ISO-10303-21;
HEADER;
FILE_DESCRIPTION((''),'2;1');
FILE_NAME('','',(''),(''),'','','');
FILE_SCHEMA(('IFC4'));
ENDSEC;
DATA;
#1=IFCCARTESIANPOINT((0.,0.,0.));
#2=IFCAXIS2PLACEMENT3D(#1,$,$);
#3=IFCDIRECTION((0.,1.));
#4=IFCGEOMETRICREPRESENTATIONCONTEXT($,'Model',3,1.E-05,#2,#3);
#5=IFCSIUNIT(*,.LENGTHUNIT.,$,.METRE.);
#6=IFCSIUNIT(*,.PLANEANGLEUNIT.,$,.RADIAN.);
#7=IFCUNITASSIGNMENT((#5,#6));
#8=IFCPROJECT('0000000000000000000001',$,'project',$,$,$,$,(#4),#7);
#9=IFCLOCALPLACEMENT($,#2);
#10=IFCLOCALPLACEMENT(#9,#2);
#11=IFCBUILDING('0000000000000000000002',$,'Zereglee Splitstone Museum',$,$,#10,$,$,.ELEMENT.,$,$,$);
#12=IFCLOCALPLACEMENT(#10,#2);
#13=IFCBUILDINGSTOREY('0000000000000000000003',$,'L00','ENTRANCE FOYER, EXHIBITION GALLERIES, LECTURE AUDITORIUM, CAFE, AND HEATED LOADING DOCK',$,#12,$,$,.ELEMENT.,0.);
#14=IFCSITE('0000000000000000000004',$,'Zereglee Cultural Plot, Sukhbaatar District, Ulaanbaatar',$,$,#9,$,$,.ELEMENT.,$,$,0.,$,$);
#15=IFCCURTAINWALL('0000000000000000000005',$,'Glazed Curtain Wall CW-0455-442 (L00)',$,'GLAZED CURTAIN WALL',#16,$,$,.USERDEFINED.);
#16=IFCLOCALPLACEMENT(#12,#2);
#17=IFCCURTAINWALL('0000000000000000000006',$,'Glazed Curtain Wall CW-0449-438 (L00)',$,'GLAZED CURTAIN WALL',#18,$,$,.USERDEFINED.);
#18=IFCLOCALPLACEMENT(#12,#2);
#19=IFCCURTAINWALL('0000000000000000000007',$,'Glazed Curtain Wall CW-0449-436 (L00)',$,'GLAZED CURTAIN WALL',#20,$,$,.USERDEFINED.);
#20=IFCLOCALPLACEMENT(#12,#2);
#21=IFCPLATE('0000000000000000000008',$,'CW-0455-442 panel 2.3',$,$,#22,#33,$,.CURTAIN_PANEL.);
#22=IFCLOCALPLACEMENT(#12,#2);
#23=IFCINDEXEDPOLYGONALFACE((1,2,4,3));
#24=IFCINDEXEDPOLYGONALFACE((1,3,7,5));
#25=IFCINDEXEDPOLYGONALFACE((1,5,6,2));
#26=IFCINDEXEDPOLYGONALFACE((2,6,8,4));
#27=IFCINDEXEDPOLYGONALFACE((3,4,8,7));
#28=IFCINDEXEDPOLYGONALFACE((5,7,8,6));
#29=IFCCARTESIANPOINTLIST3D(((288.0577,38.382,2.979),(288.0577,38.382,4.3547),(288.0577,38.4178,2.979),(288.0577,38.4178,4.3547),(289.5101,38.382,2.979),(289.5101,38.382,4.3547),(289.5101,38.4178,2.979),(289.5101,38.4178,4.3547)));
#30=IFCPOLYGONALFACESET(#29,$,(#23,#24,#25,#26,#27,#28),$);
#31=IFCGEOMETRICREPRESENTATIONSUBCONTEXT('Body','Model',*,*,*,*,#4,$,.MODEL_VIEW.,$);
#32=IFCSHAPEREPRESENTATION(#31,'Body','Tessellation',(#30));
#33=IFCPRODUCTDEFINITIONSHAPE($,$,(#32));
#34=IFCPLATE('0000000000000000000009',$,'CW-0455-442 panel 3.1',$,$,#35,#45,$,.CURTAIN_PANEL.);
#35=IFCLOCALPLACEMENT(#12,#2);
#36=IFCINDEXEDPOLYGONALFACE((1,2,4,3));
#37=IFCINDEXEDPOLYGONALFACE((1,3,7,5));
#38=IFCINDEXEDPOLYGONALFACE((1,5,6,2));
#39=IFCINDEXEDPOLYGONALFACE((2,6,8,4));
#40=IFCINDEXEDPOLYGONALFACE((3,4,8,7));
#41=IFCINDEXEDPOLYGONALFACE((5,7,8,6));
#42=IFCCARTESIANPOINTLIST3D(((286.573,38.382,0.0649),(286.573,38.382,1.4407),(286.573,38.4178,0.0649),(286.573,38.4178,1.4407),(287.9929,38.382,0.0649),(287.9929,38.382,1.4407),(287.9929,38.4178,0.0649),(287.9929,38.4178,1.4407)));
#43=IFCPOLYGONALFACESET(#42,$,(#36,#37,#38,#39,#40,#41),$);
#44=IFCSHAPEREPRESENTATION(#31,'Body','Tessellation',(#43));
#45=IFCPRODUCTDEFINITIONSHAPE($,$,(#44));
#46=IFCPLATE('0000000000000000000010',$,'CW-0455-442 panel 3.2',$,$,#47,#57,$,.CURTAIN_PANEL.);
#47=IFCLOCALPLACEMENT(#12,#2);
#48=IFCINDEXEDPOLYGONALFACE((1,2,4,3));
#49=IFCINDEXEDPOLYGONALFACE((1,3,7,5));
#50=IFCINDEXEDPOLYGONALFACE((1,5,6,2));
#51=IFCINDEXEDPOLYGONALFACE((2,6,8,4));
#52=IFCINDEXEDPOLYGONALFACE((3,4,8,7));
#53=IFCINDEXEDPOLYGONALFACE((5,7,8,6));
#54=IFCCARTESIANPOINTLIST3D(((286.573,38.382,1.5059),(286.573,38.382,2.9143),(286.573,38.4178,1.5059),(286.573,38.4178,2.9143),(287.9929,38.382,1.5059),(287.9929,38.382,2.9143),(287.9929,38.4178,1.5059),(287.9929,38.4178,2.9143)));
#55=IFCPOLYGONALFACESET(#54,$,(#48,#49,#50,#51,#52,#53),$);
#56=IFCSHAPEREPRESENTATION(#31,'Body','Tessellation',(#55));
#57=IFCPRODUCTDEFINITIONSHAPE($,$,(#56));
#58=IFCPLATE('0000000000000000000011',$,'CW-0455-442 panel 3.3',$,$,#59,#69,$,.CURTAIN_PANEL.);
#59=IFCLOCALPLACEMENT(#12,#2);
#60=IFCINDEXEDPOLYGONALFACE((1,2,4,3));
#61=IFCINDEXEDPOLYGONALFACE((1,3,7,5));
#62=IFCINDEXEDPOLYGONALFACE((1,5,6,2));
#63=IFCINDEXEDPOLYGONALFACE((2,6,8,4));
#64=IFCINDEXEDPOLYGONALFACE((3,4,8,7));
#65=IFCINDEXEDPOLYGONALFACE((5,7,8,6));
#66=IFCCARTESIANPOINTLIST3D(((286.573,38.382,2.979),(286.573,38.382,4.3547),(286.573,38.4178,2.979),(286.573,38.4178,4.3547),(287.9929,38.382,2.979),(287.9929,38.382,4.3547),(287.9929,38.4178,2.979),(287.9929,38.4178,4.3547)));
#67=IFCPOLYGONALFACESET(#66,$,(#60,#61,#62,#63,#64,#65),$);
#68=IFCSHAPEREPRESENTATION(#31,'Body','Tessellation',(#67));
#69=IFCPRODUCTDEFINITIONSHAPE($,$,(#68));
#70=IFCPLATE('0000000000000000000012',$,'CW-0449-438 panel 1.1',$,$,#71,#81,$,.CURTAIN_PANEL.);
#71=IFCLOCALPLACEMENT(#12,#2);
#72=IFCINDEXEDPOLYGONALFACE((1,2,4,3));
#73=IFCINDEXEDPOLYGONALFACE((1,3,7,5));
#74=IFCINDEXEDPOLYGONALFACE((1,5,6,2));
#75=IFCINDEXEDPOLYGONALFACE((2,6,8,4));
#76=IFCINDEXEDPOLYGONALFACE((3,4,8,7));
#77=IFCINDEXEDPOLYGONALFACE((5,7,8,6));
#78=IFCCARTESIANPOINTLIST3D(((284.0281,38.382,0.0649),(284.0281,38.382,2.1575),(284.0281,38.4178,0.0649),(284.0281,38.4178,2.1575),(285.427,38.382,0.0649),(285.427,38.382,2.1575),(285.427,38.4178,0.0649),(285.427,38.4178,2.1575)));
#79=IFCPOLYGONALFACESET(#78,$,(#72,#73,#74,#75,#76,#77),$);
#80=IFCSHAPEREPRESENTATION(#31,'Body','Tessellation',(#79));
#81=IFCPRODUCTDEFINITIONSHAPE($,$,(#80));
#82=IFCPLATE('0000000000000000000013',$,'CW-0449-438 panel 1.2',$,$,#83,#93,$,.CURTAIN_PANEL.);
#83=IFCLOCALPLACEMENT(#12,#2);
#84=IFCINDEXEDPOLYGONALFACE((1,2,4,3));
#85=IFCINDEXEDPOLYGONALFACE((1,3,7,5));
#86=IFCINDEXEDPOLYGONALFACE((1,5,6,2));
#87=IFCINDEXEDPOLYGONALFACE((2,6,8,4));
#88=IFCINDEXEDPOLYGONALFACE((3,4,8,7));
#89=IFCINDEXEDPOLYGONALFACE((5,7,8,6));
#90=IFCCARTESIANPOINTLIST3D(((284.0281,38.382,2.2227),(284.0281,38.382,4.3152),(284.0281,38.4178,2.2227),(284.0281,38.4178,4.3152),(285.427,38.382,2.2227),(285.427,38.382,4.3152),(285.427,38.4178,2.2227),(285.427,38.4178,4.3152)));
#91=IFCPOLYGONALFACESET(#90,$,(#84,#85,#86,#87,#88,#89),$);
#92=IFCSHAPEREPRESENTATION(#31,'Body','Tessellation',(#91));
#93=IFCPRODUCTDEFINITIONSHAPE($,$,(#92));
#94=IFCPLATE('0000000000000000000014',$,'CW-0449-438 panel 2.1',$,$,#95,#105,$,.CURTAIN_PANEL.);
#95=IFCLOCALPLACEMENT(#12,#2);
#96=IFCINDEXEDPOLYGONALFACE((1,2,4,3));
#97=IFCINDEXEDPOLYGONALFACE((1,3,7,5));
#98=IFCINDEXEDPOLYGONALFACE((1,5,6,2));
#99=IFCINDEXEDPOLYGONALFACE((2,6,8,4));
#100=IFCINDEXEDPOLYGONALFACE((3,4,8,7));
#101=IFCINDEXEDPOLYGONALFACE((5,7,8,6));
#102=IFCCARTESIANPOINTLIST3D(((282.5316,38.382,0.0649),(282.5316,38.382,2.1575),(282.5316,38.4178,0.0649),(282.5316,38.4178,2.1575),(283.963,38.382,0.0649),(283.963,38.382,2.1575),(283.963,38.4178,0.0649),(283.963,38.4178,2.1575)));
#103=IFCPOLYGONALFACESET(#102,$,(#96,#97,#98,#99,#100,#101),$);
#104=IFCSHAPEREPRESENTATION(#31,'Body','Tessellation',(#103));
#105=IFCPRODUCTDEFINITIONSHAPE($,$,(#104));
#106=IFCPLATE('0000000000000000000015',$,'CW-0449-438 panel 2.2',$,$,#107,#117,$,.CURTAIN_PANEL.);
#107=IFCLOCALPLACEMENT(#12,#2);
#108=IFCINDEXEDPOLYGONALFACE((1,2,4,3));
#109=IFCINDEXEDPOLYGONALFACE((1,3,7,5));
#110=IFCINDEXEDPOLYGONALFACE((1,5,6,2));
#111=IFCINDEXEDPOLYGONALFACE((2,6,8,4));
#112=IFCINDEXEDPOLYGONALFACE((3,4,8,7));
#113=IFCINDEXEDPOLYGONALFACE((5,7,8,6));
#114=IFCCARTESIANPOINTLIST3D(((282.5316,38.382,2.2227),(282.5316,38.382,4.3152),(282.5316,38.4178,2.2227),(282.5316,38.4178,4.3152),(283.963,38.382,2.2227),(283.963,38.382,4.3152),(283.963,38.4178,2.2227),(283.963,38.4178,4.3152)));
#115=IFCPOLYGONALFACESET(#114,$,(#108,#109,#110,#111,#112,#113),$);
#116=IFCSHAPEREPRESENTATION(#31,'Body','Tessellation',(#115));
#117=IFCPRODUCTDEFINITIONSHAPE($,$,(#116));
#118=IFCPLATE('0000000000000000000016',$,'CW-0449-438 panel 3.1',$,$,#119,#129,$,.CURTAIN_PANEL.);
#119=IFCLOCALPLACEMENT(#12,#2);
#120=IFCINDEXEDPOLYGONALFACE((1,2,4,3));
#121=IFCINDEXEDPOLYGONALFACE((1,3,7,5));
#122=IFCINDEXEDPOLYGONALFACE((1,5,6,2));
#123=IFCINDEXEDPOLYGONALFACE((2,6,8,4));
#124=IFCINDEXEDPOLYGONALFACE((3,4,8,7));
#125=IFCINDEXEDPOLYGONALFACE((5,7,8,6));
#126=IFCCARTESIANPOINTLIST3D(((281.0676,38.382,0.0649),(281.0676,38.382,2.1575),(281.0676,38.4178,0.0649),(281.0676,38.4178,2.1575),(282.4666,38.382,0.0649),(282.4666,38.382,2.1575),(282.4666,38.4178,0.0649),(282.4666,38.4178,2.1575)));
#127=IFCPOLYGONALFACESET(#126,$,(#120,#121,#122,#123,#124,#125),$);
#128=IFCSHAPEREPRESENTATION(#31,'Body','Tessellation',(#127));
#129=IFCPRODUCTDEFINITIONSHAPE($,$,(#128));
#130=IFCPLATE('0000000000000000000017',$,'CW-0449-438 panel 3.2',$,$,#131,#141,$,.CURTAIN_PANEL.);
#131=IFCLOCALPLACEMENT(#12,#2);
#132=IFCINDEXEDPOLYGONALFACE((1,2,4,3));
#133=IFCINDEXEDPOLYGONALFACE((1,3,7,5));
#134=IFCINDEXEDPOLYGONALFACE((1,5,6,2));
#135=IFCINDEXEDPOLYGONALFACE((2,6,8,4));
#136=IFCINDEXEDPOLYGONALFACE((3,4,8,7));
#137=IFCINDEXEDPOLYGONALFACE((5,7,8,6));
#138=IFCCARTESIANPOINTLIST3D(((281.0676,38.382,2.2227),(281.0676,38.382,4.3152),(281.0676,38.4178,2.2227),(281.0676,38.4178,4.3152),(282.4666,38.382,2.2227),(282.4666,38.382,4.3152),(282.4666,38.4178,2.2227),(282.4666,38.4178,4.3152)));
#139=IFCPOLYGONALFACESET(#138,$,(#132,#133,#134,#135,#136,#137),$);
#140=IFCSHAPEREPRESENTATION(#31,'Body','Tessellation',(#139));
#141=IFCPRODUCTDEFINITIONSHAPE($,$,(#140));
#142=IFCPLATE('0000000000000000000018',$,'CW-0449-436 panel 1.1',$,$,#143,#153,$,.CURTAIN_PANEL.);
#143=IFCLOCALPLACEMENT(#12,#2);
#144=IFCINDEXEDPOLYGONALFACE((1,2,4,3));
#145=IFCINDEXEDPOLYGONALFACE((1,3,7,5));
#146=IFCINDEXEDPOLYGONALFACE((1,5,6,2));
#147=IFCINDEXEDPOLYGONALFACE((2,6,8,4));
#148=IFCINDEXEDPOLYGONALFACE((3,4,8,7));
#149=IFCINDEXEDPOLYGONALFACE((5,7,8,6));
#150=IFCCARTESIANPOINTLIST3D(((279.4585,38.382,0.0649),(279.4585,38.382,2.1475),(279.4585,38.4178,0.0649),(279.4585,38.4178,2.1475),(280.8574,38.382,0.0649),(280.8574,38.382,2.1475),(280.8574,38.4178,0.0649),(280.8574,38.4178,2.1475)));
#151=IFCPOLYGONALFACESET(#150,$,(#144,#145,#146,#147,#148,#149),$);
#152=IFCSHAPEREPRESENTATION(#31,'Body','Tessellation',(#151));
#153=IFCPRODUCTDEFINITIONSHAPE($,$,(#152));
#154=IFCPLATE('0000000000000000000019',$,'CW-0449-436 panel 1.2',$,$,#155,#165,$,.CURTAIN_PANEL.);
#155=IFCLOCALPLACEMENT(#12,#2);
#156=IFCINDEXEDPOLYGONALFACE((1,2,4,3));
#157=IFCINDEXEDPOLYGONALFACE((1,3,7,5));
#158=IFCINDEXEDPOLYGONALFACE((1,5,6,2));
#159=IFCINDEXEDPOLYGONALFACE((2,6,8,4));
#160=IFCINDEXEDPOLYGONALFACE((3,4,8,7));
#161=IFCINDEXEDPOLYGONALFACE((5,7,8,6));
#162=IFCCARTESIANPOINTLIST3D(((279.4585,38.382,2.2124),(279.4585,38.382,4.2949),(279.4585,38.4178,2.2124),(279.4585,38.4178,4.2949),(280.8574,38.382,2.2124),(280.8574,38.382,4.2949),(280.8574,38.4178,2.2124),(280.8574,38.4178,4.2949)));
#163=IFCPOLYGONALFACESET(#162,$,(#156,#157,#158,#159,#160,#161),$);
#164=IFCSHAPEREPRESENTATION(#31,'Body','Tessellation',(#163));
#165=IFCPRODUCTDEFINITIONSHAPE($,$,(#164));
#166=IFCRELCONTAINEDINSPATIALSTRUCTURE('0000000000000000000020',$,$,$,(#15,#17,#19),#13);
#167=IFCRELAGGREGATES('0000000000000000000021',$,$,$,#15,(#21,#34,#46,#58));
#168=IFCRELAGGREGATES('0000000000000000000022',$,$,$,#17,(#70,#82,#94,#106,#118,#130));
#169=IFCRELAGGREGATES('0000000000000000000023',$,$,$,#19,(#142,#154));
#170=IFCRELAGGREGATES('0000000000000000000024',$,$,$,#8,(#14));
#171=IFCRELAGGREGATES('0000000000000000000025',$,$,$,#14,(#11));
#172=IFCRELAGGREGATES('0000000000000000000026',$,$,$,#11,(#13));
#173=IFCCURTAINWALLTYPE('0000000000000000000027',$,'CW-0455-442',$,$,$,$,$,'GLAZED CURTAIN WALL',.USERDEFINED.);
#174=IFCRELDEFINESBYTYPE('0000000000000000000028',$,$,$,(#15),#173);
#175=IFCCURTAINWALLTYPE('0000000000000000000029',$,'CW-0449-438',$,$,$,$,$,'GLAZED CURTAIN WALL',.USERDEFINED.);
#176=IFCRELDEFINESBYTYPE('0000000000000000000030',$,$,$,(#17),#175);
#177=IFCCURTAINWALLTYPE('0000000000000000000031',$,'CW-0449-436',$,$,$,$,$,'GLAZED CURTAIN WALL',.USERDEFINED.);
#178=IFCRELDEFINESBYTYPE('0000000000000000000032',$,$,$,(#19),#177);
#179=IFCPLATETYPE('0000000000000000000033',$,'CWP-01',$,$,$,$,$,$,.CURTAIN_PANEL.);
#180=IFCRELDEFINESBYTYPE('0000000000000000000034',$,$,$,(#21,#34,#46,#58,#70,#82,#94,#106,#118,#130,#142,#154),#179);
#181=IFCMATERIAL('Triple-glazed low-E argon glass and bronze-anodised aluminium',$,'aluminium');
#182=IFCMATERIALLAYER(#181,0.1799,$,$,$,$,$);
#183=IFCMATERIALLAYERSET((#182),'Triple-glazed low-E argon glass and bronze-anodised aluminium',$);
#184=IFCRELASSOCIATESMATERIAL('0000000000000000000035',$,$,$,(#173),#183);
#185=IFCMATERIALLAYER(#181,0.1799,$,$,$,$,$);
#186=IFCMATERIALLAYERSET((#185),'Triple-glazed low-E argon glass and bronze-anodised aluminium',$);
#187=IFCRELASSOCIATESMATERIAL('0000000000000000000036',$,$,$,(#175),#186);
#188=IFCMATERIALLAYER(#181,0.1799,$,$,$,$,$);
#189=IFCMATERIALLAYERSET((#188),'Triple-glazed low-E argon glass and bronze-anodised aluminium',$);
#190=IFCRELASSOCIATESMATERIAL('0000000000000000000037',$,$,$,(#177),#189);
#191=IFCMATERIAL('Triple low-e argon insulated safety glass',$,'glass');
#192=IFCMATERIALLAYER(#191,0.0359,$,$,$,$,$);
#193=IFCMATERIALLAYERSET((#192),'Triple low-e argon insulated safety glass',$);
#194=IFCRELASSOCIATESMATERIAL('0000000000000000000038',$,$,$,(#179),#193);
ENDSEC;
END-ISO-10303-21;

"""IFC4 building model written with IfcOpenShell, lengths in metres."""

from ifc_helpers import new_model, si_unit, direction, frame, origin, origin_2d, place, context, subcontext, project, spatial, rectangle, extrude, material, layer, layer_set, type_object, element, aggregate, save


model = new_model("IFC4")

# Units and contexts
model_context = context("Model", 3, precision=1e-05, world=origin(), true_north=direction((0.0, 1.0)))
body_context = subcontext(model_context, "Body", "Model", "MODEL_VIEW")
ifc_project = project(units=[si_unit("LENGTHUNIT", "METRE"), si_unit("PLANEANGLEUNIT", "RADIAN")], contexts=[model_context])

# Site, building, storey
site_placement = place(None, origin())
site = spatial("IfcSite", under=ifc_project, at=site_placement, Name="Zereglee Cultural Plot, Sukhbaatar District, Ulaanbaatar", CompositionType="ELEMENT", RefElevation=0.0)
building_placement = place(site_placement, origin())
building = spatial("IfcBuilding", under=site, at=building_placement, Name="Zereglee Splitstone Museum", CompositionType="ELEMENT")
storey_placement = place(building_placement, origin())
storey = spatial("IfcBuildingStorey", under=building, at=storey_placement, Name="L00", Description="ENTRANCE FOYER, EXHIBITION GALLERIES, LECTURE AUDITORIUM, CAFE, AND HEATED LOADING DOCK", CompositionType="ELEMENT", Elevation=0.0)

# Curtain walls
ifc_material_1 = material(Name="Triple-glazed low-E argon glass and bronze-anodised aluminium", Category="aluminium")
ifc_layer_1 = layer(ifc_material_1, 0.1799)
ifc_layer_set_1 = layer_set([ifc_layer_1], Name="Triple-glazed low-E argon glass and bronze-anodised aluminium")
curtain_wall_type_1 = type_object("IfcCurtainWallType", Name="CW-0455-442", ElementType="GLAZED CURTAIN WALL", PredefinedType="USERDEFINED", material=ifc_layer_set_1)
curtain_wall_1_placement = place(storey_placement, origin())
curtain_wall_1 = element("IfcCurtainWall", 1, at=curtain_wall_1_placement, inside=storey, type_object=curtain_wall_type_1, Name="Glazed Curtain Wall CW-0455-442 (L00)", ObjectType="GLAZED CURTAIN WALL", PredefinedType="USERDEFINED")
ifc_layer_2 = layer(ifc_material_1, 0.1799)
ifc_layer_set_2 = layer_set([ifc_layer_2], Name="Triple-glazed low-E argon glass and bronze-anodised aluminium")
curtain_wall_type_2 = type_object("IfcCurtainWallType", Name="CW-0449-438", ElementType="GLAZED CURTAIN WALL", PredefinedType="USERDEFINED", material=ifc_layer_set_2)
curtain_wall_2_placement = place(storey_placement, origin())
curtain_wall_2 = element("IfcCurtainWall", 2, at=curtain_wall_2_placement, inside=storey, type_object=curtain_wall_type_2, Name="Glazed Curtain Wall CW-0449-438 (L00)", ObjectType="GLAZED CURTAIN WALL", PredefinedType="USERDEFINED")

# Curtain wall
ifc_layer_3 = layer(ifc_material_1, 0.1799)
ifc_layer_set_3 = layer_set([ifc_layer_3], Name="Triple-glazed low-E argon glass and bronze-anodised aluminium")
curtain_wall_type_3 = type_object("IfcCurtainWallType", Name="CW-0449-436", ElementType="GLAZED CURTAIN WALL", PredefinedType="USERDEFINED", material=ifc_layer_set_3)
curtain_wall_3_placement = place(storey_placement, origin())
curtain_wall_3 = element("IfcCurtainWall", 3, at=curtain_wall_3_placement, inside=storey, type_object=curtain_wall_type_3, Name="Glazed Curtain Wall CW-0449-436 (L00)", ObjectType="GLAZED CURTAIN WALL", PredefinedType="USERDEFINED")

# Plates
ifc_material_2 = material(Name="Triple low-e argon insulated safety glass", Category="glass")
ifc_layer_4 = layer(ifc_material_2, 0.0359)
ifc_layer_set_4 = layer_set([ifc_layer_4], Name="Triple low-e argon insulated safety glass")
plate_type = type_object("IfcPlateType", Name="CWP-01", PredefinedType="CURTAIN_PANEL", material=ifc_layer_set_4)
plate_1_placement = place(storey_placement, frame((288.7839, 38.3999, 2.979), z_axis=(0.0, 0.0, 1.0), x_axis=(-1.0, 0.0, 0.0)))
plate_1 = element("IfcPlate", 4, at=plate_1_placement, type_object=plate_type, Name="CW-0455-442 panel 2.3", PredefinedType="CURTAIN_PANEL", context=body_context, shape_type="SweptSolid", body=[
    extrude(rectangle(XDim=1.4524, YDim=0.0359, at=origin_2d()), origin(), (0.0, 0.0, 1.0), 1.3757),
])
plate_2_placement = place(storey_placement, frame((287.283, 38.3999, 0.0649), z_axis=(0.0, 0.0, 1.0), x_axis=(-1.0, 0.0, 0.0)))
plate_2 = element("IfcPlate", 5, at=plate_2_placement, type_object=plate_type, Name="CW-0455-442 panel 3.1", PredefinedType="CURTAIN_PANEL", context=body_context, shape_type="SweptSolid", body=[
    extrude(rectangle(XDim=1.4199, YDim=0.0359, at=origin_2d()), origin(), (0.0, 0.0, 1.0), 1.3757),
])
plate_3_placement = place(storey_placement, frame((287.283, 38.3999, 1.5059), z_axis=(0.0, 0.0, 1.0), x_axis=(-1.0, 0.0, 0.0)))
plate_3 = element("IfcPlate", 6, at=plate_3_placement, type_object=plate_type, Name="CW-0455-442 panel 3.2", PredefinedType="CURTAIN_PANEL", context=body_context, shape_type="SweptSolid", body=[
    extrude(rectangle(XDim=1.4199, YDim=0.0359, at=origin_2d()), origin(), (0.0, 0.0, 1.0), 1.4084),
])
plate_4_placement = place(storey_placement, frame((287.283, 38.3999, 2.979), z_axis=(0.0, 0.0, 1.0), x_axis=(-1.0, 0.0, 0.0)))
plate_4 = element("IfcPlate", 7, at=plate_4_placement, type_object=plate_type, Name="CW-0455-442 panel 3.3", PredefinedType="CURTAIN_PANEL", context=body_context, shape_type="SweptSolid", body=[
    extrude(rectangle(XDim=1.4199, YDim=0.0359, at=origin_2d()), origin(), (0.0, 0.0, 1.0), 1.3757),
])
aggregate(curtain_wall_1, [plate_1, plate_2, plate_3, plate_4])
plate_5_placement = place(storey_placement, frame((284.7275, 38.3999, 0.0649), z_axis=(0.0, 0.0, 1.0), x_axis=(-1.0, 0.0, 0.0)))
plate_5 = element("IfcPlate", 8, at=plate_5_placement, type_object=plate_type, Name="CW-0449-438 panel 1.1", PredefinedType="CURTAIN_PANEL", context=body_context, shape_type="SweptSolid", body=[
    extrude(rectangle(XDim=1.3989, YDim=0.0359, at=origin_2d()), origin(), (0.0, 0.0, 1.0), 2.0925),
])
plate_6_placement = place(storey_placement, frame((284.7275, 38.3999, 2.2227), z_axis=(0.0, 0.0, 1.0), x_axis=(-1.0, 0.0, 0.0)))
plate_6 = element("IfcPlate", 9, at=plate_6_placement, type_object=plate_type, Name="CW-0449-438 panel 1.2", PredefinedType="CURTAIN_PANEL", context=body_context, shape_type="SweptSolid", body=[
    extrude(rectangle(XDim=1.3989, YDim=0.0359, at=origin_2d()), origin(), (0.0, 0.0, 1.0), 2.0925),
])
plate_7_placement = place(storey_placement, frame((283.2473, 38.3999, 0.0649), z_axis=(0.0, 0.0, 1.0), x_axis=(-1.0, 0.0, 0.0)))
plate_7 = element("IfcPlate", 10, at=plate_7_placement, type_object=plate_type, Name="CW-0449-438 panel 2.1", PredefinedType="CURTAIN_PANEL", context=body_context, shape_type="SweptSolid", body=[
    extrude(rectangle(XDim=1.4314, YDim=0.0359, at=origin_2d()), origin(), (0.0, 0.0, 1.0), 2.0925),
])
plate_8_placement = place(storey_placement, frame((283.2473, 38.3999, 2.2227), z_axis=(0.0, 0.0, 1.0), x_axis=(-1.0, 0.0, 0.0)))
plate_8 = element("IfcPlate", 11, at=plate_8_placement, type_object=plate_type, Name="CW-0449-438 panel 2.2", PredefinedType="CURTAIN_PANEL", context=body_context, shape_type="SweptSolid", body=[
    extrude(rectangle(XDim=1.4314, YDim=0.0359, at=origin_2d()), origin(), (0.0, 0.0, 1.0), 2.0925),
])
plate_9_placement = place(storey_placement, frame((281.7671, 38.3999, 0.0649), z_axis=(0.0, 0.0, 1.0), x_axis=(-1.0, 0.0, 0.0)))
plate_9 = element("IfcPlate", 12, at=plate_9_placement, type_object=plate_type, Name="CW-0449-438 panel 3.1", PredefinedType="CURTAIN_PANEL", context=body_context, shape_type="SweptSolid", body=[
    extrude(rectangle(XDim=1.3989, YDim=0.0359, at=origin_2d()), origin(), (0.0, 0.0, 1.0), 2.0925),
])
plate_10_placement = place(storey_placement, frame((281.7671, 38.3999, 2.2227), z_axis=(0.0, 0.0, 1.0), x_axis=(-1.0, 0.0, 0.0)))
plate_10 = element("IfcPlate", 13, at=plate_10_placement, type_object=plate_type, Name="CW-0449-438 panel 3.2", PredefinedType="CURTAIN_PANEL", context=body_context, shape_type="SweptSolid", body=[
    extrude(rectangle(XDim=1.3989, YDim=0.0359, at=origin_2d()), origin(), (0.0, 0.0, 1.0), 2.0925),
])
aggregate(curtain_wall_2, [plate_5, plate_6, plate_7, plate_8, plate_9, plate_10])
plate_11_placement = place(storey_placement, frame((280.158, 38.3999, 0.0649), z_axis=(0.0, 0.0, 1.0), x_axis=(-1.0, 0.0, 0.0)))
plate_11 = element("IfcPlate", 14, at=plate_11_placement, type_object=plate_type, Name="CW-0449-436 panel 1.1", PredefinedType="CURTAIN_PANEL", context=body_context, shape_type="SweptSolid", body=[
    extrude(rectangle(XDim=1.3989, YDim=0.0359, at=origin_2d()), origin(), (0.0, 0.0, 1.0), 2.0825),
])
plate_12_placement = place(storey_placement, frame((280.158, 38.3999, 2.2124), z_axis=(0.0, 0.0, 1.0), x_axis=(-1.0, 0.0, 0.0)))
plate_12 = element("IfcPlate", 15, at=plate_12_placement, type_object=plate_type, Name="CW-0449-436 panel 1.2", PredefinedType="CURTAIN_PANEL", context=body_context, shape_type="SweptSolid", body=[
    extrude(rectangle(XDim=1.3989, YDim=0.0359, at=origin_2d()), origin(), (0.0, 0.0, 1.0), 2.0825),
])
aggregate(curtain_wall_3, [plate_11, plate_12])

save(model, "model.ifc")
